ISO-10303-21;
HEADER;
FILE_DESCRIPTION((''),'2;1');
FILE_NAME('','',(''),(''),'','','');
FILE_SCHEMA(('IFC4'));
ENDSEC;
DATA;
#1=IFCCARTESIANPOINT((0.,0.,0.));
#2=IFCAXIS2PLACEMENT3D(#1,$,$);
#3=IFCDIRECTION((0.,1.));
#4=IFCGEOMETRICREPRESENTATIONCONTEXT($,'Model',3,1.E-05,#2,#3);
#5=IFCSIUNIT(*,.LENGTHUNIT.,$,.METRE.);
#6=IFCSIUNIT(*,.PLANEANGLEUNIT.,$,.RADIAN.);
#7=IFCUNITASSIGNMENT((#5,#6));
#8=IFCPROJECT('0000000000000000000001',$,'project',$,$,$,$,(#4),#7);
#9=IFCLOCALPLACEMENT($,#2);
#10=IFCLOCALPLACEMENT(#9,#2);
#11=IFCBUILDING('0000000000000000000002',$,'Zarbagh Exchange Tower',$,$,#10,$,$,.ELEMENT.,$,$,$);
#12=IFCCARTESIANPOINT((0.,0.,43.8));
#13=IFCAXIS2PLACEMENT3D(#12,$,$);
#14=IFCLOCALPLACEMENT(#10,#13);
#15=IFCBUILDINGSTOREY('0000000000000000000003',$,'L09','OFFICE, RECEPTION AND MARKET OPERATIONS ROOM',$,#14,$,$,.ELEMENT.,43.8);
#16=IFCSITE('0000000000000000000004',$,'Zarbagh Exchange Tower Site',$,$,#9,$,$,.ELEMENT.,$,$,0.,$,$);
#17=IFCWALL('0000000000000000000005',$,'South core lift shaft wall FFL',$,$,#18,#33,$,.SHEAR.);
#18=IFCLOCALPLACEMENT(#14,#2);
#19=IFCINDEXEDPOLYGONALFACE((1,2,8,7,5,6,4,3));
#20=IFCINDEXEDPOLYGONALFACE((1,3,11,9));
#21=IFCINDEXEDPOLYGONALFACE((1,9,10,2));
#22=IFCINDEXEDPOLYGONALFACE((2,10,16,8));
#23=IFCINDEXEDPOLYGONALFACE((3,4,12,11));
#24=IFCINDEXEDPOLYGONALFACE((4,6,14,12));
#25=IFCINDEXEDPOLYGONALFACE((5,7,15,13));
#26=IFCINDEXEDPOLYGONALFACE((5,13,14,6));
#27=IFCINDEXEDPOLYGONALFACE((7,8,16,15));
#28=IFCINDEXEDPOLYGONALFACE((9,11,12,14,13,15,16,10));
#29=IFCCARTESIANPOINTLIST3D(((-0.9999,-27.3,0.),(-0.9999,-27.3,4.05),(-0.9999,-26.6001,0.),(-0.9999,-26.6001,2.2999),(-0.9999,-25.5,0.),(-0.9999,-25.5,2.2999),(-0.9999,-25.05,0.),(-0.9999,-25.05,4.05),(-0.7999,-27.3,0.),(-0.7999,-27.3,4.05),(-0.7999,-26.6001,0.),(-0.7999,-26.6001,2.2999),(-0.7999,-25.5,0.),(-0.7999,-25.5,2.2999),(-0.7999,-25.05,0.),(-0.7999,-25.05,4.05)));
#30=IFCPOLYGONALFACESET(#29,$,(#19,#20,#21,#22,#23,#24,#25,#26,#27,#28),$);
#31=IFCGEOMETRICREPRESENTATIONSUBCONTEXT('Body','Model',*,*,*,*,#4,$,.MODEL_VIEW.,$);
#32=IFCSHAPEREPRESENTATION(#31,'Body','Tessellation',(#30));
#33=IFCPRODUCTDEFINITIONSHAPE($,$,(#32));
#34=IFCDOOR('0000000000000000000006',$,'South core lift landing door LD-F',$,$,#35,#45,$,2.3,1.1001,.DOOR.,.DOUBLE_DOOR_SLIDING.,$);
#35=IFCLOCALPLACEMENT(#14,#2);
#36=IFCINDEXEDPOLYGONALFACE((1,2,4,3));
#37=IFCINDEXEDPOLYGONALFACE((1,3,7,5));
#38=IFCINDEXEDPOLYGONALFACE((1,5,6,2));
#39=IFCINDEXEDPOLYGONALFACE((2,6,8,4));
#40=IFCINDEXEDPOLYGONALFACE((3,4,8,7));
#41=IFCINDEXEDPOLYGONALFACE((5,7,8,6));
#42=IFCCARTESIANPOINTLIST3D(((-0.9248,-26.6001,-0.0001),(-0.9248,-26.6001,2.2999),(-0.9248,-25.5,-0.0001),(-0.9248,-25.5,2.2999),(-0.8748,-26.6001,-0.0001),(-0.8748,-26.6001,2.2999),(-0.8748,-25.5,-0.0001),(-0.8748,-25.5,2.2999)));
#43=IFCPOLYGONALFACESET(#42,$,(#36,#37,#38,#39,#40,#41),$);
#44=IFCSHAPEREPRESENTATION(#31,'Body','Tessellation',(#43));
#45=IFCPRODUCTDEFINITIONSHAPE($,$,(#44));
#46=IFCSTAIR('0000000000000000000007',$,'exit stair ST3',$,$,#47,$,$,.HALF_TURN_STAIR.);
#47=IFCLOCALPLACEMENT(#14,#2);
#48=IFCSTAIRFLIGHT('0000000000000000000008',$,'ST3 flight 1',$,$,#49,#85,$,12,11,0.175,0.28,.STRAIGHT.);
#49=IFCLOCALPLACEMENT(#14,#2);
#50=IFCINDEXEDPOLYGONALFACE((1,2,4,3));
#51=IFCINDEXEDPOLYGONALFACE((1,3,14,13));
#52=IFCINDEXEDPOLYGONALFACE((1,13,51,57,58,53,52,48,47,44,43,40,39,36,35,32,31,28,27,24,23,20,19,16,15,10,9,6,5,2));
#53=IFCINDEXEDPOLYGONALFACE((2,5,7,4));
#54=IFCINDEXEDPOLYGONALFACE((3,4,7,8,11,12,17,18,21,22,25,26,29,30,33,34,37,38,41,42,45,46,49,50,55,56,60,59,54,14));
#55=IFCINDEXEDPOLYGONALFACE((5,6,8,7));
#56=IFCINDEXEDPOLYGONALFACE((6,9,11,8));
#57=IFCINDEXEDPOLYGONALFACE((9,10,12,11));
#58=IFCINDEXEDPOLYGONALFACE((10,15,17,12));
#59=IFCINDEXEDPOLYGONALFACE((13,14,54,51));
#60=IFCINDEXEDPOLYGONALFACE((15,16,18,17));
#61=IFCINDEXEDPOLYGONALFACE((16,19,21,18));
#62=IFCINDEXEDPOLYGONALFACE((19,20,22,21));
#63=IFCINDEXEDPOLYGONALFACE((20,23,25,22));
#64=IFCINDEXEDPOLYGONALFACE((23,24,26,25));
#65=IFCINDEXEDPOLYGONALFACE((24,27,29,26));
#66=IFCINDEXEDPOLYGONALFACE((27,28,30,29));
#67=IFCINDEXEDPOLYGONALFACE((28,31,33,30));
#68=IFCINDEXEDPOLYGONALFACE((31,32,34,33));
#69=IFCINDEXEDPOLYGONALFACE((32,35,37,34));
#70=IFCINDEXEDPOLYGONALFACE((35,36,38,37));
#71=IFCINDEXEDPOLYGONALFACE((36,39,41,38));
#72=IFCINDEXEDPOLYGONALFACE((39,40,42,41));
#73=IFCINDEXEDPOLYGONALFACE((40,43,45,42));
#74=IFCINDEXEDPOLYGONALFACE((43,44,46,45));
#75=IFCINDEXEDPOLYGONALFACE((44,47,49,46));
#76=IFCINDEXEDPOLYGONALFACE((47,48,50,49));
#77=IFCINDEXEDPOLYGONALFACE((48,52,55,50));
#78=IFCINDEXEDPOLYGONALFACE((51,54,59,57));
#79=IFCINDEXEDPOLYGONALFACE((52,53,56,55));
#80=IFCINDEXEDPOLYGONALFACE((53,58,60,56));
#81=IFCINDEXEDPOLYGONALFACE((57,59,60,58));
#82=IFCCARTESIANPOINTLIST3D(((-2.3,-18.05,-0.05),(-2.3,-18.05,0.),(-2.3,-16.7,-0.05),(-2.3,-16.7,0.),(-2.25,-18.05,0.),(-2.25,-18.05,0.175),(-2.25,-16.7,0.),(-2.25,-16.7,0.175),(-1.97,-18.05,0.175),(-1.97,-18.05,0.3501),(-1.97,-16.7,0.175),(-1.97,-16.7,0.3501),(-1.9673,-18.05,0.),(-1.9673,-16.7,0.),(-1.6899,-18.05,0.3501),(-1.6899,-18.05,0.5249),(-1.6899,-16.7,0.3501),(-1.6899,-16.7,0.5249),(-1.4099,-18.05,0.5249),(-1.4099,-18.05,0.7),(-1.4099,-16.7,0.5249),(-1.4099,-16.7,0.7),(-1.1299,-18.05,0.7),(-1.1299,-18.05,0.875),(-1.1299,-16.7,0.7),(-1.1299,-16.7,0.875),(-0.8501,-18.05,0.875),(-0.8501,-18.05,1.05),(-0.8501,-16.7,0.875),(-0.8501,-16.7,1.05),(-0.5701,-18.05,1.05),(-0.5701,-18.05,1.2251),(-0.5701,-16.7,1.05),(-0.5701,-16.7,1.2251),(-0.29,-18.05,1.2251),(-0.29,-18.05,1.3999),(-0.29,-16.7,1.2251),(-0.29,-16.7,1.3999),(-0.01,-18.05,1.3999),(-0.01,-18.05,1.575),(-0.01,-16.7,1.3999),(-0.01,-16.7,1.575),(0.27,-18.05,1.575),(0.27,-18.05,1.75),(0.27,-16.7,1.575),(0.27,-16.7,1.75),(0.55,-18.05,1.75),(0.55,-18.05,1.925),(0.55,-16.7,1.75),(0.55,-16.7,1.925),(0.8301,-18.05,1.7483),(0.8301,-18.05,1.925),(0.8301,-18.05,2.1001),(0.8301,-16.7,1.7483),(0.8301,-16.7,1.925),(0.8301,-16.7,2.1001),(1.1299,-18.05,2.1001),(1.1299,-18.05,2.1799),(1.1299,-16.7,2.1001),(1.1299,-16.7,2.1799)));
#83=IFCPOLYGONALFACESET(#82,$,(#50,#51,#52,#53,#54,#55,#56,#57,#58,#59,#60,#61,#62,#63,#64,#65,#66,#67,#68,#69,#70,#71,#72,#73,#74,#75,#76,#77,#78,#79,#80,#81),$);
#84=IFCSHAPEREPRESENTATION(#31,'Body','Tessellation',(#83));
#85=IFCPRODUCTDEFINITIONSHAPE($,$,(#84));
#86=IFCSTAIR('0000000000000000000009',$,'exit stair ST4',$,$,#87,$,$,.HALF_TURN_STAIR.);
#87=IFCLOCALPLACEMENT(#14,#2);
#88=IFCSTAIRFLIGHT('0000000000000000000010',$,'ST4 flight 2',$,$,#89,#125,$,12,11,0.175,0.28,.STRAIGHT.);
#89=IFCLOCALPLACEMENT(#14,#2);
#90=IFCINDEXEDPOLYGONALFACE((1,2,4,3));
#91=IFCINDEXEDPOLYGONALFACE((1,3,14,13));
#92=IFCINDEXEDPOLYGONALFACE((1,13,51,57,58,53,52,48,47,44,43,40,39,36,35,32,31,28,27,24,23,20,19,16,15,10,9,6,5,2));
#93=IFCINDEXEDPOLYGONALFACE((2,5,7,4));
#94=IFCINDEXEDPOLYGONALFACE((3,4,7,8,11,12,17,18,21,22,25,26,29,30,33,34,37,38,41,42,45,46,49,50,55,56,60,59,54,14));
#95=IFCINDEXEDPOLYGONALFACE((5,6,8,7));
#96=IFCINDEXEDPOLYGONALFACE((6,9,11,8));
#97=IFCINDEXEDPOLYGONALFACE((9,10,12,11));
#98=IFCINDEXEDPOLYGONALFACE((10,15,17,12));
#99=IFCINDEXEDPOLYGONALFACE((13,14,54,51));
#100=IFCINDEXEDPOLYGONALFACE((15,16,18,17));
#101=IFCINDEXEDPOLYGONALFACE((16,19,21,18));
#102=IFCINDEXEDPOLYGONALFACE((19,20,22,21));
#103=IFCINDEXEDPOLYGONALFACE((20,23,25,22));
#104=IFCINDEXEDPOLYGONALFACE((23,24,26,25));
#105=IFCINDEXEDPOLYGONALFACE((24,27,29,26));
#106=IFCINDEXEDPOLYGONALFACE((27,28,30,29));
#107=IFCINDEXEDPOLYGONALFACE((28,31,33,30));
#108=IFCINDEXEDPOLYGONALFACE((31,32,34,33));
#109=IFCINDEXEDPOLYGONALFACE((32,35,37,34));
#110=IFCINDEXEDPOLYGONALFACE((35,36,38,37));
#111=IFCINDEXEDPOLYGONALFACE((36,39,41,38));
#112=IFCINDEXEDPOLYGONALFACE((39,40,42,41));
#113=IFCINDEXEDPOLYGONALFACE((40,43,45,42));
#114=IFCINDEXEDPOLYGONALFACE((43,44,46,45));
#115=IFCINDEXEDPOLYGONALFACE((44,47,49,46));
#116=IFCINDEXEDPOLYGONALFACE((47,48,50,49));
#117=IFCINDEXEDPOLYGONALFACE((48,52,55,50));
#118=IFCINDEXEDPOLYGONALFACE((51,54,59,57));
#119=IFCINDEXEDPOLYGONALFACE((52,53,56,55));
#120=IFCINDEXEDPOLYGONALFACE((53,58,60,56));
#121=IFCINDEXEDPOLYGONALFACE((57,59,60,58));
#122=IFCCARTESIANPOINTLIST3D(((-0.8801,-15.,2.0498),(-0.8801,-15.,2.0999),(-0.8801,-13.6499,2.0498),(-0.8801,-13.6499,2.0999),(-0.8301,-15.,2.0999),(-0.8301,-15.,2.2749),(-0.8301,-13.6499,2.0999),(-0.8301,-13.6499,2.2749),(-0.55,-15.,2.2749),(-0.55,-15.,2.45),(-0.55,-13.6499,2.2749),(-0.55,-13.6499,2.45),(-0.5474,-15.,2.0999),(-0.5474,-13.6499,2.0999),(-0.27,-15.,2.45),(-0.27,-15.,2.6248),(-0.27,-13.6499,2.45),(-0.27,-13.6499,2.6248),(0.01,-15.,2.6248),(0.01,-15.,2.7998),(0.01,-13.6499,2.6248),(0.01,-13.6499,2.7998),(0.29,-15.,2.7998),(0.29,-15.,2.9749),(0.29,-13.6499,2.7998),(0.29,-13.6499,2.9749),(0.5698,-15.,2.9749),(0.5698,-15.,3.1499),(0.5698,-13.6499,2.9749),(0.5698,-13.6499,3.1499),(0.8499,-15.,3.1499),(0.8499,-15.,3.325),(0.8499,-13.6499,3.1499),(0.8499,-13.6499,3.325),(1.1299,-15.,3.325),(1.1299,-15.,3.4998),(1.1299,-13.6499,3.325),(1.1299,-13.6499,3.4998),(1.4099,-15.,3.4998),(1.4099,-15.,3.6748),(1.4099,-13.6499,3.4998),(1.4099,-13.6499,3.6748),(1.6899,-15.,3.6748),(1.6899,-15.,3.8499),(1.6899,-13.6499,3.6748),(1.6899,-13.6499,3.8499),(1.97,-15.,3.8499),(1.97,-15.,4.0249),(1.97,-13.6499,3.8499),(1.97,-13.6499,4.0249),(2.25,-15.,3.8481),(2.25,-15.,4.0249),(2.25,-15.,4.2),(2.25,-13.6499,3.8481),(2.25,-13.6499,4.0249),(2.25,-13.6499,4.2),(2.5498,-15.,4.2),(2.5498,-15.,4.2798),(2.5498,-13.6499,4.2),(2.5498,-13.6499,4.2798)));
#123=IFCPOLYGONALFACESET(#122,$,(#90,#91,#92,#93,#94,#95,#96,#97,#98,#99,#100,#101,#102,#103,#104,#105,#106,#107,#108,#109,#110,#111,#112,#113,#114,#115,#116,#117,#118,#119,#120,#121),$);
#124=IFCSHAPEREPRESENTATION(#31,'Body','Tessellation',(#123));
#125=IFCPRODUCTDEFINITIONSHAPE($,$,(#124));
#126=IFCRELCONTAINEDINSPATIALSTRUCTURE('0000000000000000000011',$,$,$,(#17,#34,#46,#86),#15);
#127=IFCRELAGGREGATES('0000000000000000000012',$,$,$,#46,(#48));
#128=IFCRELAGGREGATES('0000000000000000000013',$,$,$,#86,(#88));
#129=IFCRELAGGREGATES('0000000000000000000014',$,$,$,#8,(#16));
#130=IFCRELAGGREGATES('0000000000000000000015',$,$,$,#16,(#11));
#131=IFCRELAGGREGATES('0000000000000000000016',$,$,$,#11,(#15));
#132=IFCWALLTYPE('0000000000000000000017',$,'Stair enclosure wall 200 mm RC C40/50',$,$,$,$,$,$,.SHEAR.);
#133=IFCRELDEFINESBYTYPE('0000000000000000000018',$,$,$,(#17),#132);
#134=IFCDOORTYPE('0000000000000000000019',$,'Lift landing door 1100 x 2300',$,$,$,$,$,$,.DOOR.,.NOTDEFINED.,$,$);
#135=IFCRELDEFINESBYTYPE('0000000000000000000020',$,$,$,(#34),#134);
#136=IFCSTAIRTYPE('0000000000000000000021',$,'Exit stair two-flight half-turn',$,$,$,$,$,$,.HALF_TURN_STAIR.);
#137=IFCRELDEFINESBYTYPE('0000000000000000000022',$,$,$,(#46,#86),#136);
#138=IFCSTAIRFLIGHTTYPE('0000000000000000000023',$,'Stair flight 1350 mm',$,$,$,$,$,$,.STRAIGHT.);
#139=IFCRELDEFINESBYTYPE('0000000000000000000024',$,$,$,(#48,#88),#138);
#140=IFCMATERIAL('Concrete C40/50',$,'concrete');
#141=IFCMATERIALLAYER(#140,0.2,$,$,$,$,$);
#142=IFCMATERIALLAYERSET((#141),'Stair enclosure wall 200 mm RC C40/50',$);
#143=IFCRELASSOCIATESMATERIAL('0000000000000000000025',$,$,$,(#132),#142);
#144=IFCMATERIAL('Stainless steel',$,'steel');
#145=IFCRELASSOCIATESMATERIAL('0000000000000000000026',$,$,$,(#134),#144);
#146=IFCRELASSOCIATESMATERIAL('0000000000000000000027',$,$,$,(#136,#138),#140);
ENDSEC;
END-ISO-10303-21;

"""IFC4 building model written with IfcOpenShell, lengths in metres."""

from ifc_helpers import new_model, si_unit, direction, frame, frame_2d, origin, place, context, subcontext, project, spatial, polyline, rectangle, outline, extrude, material, layer, layer_set, type_object, element, fill, aggregate, save


model = new_model("IFC4")

# Units and contexts
model_context = context("Model", 3, precision=1e-05, world=origin(), true_north=direction((0.0, 1.0)))
body_context = subcontext(model_context, "Body", "Model", "MODEL_VIEW")
ifc_project = project(units=[si_unit("LENGTHUNIT", "METRE"), si_unit("PLANEANGLEUNIT", "RADIAN")], contexts=[model_context])

# Site, building, storey
site_placement = place(None, origin())
site = spatial("IfcSite", under=ifc_project, at=site_placement, Name="Zarbagh Exchange Tower Site", CompositionType="ELEMENT", RefElevation=0.0)
building_placement = place(site_placement, origin())
building = spatial("IfcBuilding", under=site, at=building_placement, Name="Zarbagh Exchange Tower", CompositionType="ELEMENT")
storey_placement = place(building_placement, frame((0.0, 0.0, 43.8)))
storey = spatial("IfcBuildingStorey", under=building, at=storey_placement, Name="L09", Description="OFFICE, RECEPTION AND MARKET OPERATIONS ROOM", CompositionType="ELEMENT", Elevation=43.8)

# Shared definitions
ifc_material_1 = material(Name="Concrete C40/50", Category="concrete")

# Wall, opening, door
ifc_layer_1 = layer(ifc_material_1, 0.2)
ifc_layer_set_1 = layer_set([ifc_layer_1], Name="Stair enclosure wall 200 mm RC C40/50")
wall_type_1 = type_object("IfcWallType", Name="Stair enclosure wall 200 mm RC C40/50", PredefinedType="SHEAR", material=ifc_layer_set_1)
wall_1_placement = place(storey_placement, frame((-0.8999, -27.3, 0.0), z_axis=(0.0, 0.0, 1.0), x_axis=(0.0, 1.0, 0.0)))
wall_1 = element("IfcWall", 1, at=wall_1_placement, inside=storey, type_object=wall_type_1, Name="South core lift shaft wall FFL", PredefinedType="SHEAR", context=body_context, shape_type="SweptSolid", body=[
    extrude(rectangle(XDim=2.25, YDim=0.2, at=frame_2d((1.125, 0.0))), origin(), (0.0, 0.0, 1.0), 4.05),
])
opening_1_placement = place(wall_1_placement, frame((0.7, 0.0, 0.0)))
opening_1 = element("IfcOpeningElement", 2, at=opening_1_placement, cuts=wall_1, PredefinedType="OPENING", context=body_context, shape_type="SweptSolid", body=[
    extrude(rectangle(XDim=1.1001, YDim=2.3, at=frame_2d((0.55, 1.1499))), frame((0.0, 0.1099, 0.0), z_axis=(0.0, -1.0, 0.0), x_axis=(1.0, 0.0, 0.0)), (0.0, 0.0, 1.0), 0.22),
])
ifc_material_2 = material(Name="Stainless steel", Category="steel")
door_type_1 = type_object("IfcDoorType", Name="Lift landing door 1100 x 2300", OperationType="NOTDEFINED", PredefinedType="DOOR", material=ifc_material_2)
door_1_placement = place(opening_1_placement, origin())
door_1 = element("IfcDoor", 3, at=door_1_placement, inside=storey, type_object=door_type_1, Name="South core lift landing door LD-F", OperationType="DOUBLE_DOOR_SLIDING", OverallHeight=2.3, OverallWidth=1.1001, PredefinedType="DOOR", context=body_context, shape_type="SweptSolid", body=[
    extrude(rectangle(XDim=1.1001, YDim=2.3, at=frame_2d((0.55, 1.1499))), frame((0.0, 0.0249, 0.0), z_axis=(0.0, -1.0, 0.0), x_axis=(1.0, 0.0, 0.0)), (0.0, 0.0, 1.0), 0.05),
])
fill(opening_1, door_1)

# Stairs, stair flights
stair_type = type_object("IfcStairType", Name="Exit stair two-flight half-turn", PredefinedType="HALF_TURN_STAIR", material=ifc_material_1)
stair_1_placement = place(storey_placement, origin())
stair_1 = element("IfcStair", 4, at=stair_1_placement, inside=storey, type_object=stair_type, Name="exit stair ST3", PredefinedType="HALF_TURN_STAIR")
stair_flight_type = type_object("IfcStairFlightType", Name="Stair flight 1350 mm", PredefinedType="STRAIGHT", material=ifc_material_1)
stair_flight_1_placement = place(storey_placement, frame((-2.25, -17.375, 0.0), z_axis=(0.0, 0.0, 1.0), x_axis=(1.0, 0.0, 0.0)))
stair_flight_1 = element("IfcStairFlight", 5, at=stair_flight_1_placement, type_object=stair_flight_type, Name="ST3 flight 1", NumberOfRisers=12, NumberOfTreads=11, PredefinedType="STRAIGHT", RiserHeight=0.175, TreadLength=0.28, context=body_context, shape_type="SweptSolid", body=[
    extrude(outline(polyline([(-0.05, -0.05), (-0.05, 0.0), (0.0, 0.0), (0.0, 0.175), (0.28, 0.175), (0.28, 0.3501), (0.5601, 0.3501), (0.5601, 0.5249), (0.8401, 0.5249), (0.8401, 0.7), (1.1201, 0.7), (1.1201, 0.875), (1.3999, 0.875), (1.3999, 1.05), (1.6799, 1.05), (1.6799, 1.2251), (1.96, 1.2251), (1.96, 1.3999), (2.24, 1.3999), (2.24, 1.575), (2.52, 1.575), (2.52, 1.75), (2.8, 1.75), (2.8, 1.925), (3.0801, 1.925), (3.0801, 2.1001), (3.3799, 2.1799), (3.3799, 2.1001), (3.0801, 1.7483), (0.2827, 0.0), (-0.05, -0.05)])), frame((0.0, 0.675, 0.0), z_axis=(0.0, -1.0, 0.0), x_axis=(1.0, 0.0, 0.0)), (0.0, 0.0, 1.0), 1.3501),
])
aggregate(stair_1, [stair_flight_1])
stair_2_placement = place(storey_placement, origin())
stair_2 = element("IfcStair", 6, at=stair_2_placement, inside=storey, type_object=stair_type, Name="exit stair ST4", PredefinedType="HALF_TURN_STAIR")
stair_flight_2_placement = place(storey_placement, frame((-0.8301, -14.325, 2.0999), z_axis=(0.0, 0.0, 1.0), x_axis=(1.0, 0.0, 0.0)))
stair_flight_2 = element("IfcStairFlight", 7, at=stair_flight_2_placement, type_object=stair_flight_type, Name="ST4 flight 2", NumberOfRisers=12, NumberOfTreads=11, PredefinedType="STRAIGHT", RiserHeight=0.175, TreadLength=0.28, context=body_context, shape_type="SweptSolid", body=[
    extrude(outline(polyline([(-0.05, -0.05), (-0.05, 0.0), (0.0, 0.0), (0.0, 0.175), (0.28, 0.175), (0.28, 0.3501), (0.5601, 0.3501), (0.5601, 0.5249), (0.8401, 0.5249), (0.8401, 0.7), (1.1201, 0.7), (1.1201, 0.875), (1.3999, 0.875), (1.3999, 1.05), (1.6799, 1.05), (1.6799, 1.2251), (1.96, 1.2251), (1.96, 1.3999), (2.24, 1.3999), (2.24, 1.575), (2.52, 1.575), (2.52, 1.75), (2.8, 1.75), (2.8, 1.925), (3.0801, 1.925), (3.0801, 2.1001), (3.3799, 2.1799), (3.3799, 2.1001), (3.0801, 1.7483), (0.2827, 0.0), (-0.05, -0.05)])), frame((0.0, 0.675, 0.0), z_axis=(0.0, -1.0, 0.0), x_axis=(1.0, 0.0, 0.0)), (0.0, 0.0, 1.0), 1.3501),
])
aggregate(stair_2, [stair_flight_2])

save(model, "model.ifc")
